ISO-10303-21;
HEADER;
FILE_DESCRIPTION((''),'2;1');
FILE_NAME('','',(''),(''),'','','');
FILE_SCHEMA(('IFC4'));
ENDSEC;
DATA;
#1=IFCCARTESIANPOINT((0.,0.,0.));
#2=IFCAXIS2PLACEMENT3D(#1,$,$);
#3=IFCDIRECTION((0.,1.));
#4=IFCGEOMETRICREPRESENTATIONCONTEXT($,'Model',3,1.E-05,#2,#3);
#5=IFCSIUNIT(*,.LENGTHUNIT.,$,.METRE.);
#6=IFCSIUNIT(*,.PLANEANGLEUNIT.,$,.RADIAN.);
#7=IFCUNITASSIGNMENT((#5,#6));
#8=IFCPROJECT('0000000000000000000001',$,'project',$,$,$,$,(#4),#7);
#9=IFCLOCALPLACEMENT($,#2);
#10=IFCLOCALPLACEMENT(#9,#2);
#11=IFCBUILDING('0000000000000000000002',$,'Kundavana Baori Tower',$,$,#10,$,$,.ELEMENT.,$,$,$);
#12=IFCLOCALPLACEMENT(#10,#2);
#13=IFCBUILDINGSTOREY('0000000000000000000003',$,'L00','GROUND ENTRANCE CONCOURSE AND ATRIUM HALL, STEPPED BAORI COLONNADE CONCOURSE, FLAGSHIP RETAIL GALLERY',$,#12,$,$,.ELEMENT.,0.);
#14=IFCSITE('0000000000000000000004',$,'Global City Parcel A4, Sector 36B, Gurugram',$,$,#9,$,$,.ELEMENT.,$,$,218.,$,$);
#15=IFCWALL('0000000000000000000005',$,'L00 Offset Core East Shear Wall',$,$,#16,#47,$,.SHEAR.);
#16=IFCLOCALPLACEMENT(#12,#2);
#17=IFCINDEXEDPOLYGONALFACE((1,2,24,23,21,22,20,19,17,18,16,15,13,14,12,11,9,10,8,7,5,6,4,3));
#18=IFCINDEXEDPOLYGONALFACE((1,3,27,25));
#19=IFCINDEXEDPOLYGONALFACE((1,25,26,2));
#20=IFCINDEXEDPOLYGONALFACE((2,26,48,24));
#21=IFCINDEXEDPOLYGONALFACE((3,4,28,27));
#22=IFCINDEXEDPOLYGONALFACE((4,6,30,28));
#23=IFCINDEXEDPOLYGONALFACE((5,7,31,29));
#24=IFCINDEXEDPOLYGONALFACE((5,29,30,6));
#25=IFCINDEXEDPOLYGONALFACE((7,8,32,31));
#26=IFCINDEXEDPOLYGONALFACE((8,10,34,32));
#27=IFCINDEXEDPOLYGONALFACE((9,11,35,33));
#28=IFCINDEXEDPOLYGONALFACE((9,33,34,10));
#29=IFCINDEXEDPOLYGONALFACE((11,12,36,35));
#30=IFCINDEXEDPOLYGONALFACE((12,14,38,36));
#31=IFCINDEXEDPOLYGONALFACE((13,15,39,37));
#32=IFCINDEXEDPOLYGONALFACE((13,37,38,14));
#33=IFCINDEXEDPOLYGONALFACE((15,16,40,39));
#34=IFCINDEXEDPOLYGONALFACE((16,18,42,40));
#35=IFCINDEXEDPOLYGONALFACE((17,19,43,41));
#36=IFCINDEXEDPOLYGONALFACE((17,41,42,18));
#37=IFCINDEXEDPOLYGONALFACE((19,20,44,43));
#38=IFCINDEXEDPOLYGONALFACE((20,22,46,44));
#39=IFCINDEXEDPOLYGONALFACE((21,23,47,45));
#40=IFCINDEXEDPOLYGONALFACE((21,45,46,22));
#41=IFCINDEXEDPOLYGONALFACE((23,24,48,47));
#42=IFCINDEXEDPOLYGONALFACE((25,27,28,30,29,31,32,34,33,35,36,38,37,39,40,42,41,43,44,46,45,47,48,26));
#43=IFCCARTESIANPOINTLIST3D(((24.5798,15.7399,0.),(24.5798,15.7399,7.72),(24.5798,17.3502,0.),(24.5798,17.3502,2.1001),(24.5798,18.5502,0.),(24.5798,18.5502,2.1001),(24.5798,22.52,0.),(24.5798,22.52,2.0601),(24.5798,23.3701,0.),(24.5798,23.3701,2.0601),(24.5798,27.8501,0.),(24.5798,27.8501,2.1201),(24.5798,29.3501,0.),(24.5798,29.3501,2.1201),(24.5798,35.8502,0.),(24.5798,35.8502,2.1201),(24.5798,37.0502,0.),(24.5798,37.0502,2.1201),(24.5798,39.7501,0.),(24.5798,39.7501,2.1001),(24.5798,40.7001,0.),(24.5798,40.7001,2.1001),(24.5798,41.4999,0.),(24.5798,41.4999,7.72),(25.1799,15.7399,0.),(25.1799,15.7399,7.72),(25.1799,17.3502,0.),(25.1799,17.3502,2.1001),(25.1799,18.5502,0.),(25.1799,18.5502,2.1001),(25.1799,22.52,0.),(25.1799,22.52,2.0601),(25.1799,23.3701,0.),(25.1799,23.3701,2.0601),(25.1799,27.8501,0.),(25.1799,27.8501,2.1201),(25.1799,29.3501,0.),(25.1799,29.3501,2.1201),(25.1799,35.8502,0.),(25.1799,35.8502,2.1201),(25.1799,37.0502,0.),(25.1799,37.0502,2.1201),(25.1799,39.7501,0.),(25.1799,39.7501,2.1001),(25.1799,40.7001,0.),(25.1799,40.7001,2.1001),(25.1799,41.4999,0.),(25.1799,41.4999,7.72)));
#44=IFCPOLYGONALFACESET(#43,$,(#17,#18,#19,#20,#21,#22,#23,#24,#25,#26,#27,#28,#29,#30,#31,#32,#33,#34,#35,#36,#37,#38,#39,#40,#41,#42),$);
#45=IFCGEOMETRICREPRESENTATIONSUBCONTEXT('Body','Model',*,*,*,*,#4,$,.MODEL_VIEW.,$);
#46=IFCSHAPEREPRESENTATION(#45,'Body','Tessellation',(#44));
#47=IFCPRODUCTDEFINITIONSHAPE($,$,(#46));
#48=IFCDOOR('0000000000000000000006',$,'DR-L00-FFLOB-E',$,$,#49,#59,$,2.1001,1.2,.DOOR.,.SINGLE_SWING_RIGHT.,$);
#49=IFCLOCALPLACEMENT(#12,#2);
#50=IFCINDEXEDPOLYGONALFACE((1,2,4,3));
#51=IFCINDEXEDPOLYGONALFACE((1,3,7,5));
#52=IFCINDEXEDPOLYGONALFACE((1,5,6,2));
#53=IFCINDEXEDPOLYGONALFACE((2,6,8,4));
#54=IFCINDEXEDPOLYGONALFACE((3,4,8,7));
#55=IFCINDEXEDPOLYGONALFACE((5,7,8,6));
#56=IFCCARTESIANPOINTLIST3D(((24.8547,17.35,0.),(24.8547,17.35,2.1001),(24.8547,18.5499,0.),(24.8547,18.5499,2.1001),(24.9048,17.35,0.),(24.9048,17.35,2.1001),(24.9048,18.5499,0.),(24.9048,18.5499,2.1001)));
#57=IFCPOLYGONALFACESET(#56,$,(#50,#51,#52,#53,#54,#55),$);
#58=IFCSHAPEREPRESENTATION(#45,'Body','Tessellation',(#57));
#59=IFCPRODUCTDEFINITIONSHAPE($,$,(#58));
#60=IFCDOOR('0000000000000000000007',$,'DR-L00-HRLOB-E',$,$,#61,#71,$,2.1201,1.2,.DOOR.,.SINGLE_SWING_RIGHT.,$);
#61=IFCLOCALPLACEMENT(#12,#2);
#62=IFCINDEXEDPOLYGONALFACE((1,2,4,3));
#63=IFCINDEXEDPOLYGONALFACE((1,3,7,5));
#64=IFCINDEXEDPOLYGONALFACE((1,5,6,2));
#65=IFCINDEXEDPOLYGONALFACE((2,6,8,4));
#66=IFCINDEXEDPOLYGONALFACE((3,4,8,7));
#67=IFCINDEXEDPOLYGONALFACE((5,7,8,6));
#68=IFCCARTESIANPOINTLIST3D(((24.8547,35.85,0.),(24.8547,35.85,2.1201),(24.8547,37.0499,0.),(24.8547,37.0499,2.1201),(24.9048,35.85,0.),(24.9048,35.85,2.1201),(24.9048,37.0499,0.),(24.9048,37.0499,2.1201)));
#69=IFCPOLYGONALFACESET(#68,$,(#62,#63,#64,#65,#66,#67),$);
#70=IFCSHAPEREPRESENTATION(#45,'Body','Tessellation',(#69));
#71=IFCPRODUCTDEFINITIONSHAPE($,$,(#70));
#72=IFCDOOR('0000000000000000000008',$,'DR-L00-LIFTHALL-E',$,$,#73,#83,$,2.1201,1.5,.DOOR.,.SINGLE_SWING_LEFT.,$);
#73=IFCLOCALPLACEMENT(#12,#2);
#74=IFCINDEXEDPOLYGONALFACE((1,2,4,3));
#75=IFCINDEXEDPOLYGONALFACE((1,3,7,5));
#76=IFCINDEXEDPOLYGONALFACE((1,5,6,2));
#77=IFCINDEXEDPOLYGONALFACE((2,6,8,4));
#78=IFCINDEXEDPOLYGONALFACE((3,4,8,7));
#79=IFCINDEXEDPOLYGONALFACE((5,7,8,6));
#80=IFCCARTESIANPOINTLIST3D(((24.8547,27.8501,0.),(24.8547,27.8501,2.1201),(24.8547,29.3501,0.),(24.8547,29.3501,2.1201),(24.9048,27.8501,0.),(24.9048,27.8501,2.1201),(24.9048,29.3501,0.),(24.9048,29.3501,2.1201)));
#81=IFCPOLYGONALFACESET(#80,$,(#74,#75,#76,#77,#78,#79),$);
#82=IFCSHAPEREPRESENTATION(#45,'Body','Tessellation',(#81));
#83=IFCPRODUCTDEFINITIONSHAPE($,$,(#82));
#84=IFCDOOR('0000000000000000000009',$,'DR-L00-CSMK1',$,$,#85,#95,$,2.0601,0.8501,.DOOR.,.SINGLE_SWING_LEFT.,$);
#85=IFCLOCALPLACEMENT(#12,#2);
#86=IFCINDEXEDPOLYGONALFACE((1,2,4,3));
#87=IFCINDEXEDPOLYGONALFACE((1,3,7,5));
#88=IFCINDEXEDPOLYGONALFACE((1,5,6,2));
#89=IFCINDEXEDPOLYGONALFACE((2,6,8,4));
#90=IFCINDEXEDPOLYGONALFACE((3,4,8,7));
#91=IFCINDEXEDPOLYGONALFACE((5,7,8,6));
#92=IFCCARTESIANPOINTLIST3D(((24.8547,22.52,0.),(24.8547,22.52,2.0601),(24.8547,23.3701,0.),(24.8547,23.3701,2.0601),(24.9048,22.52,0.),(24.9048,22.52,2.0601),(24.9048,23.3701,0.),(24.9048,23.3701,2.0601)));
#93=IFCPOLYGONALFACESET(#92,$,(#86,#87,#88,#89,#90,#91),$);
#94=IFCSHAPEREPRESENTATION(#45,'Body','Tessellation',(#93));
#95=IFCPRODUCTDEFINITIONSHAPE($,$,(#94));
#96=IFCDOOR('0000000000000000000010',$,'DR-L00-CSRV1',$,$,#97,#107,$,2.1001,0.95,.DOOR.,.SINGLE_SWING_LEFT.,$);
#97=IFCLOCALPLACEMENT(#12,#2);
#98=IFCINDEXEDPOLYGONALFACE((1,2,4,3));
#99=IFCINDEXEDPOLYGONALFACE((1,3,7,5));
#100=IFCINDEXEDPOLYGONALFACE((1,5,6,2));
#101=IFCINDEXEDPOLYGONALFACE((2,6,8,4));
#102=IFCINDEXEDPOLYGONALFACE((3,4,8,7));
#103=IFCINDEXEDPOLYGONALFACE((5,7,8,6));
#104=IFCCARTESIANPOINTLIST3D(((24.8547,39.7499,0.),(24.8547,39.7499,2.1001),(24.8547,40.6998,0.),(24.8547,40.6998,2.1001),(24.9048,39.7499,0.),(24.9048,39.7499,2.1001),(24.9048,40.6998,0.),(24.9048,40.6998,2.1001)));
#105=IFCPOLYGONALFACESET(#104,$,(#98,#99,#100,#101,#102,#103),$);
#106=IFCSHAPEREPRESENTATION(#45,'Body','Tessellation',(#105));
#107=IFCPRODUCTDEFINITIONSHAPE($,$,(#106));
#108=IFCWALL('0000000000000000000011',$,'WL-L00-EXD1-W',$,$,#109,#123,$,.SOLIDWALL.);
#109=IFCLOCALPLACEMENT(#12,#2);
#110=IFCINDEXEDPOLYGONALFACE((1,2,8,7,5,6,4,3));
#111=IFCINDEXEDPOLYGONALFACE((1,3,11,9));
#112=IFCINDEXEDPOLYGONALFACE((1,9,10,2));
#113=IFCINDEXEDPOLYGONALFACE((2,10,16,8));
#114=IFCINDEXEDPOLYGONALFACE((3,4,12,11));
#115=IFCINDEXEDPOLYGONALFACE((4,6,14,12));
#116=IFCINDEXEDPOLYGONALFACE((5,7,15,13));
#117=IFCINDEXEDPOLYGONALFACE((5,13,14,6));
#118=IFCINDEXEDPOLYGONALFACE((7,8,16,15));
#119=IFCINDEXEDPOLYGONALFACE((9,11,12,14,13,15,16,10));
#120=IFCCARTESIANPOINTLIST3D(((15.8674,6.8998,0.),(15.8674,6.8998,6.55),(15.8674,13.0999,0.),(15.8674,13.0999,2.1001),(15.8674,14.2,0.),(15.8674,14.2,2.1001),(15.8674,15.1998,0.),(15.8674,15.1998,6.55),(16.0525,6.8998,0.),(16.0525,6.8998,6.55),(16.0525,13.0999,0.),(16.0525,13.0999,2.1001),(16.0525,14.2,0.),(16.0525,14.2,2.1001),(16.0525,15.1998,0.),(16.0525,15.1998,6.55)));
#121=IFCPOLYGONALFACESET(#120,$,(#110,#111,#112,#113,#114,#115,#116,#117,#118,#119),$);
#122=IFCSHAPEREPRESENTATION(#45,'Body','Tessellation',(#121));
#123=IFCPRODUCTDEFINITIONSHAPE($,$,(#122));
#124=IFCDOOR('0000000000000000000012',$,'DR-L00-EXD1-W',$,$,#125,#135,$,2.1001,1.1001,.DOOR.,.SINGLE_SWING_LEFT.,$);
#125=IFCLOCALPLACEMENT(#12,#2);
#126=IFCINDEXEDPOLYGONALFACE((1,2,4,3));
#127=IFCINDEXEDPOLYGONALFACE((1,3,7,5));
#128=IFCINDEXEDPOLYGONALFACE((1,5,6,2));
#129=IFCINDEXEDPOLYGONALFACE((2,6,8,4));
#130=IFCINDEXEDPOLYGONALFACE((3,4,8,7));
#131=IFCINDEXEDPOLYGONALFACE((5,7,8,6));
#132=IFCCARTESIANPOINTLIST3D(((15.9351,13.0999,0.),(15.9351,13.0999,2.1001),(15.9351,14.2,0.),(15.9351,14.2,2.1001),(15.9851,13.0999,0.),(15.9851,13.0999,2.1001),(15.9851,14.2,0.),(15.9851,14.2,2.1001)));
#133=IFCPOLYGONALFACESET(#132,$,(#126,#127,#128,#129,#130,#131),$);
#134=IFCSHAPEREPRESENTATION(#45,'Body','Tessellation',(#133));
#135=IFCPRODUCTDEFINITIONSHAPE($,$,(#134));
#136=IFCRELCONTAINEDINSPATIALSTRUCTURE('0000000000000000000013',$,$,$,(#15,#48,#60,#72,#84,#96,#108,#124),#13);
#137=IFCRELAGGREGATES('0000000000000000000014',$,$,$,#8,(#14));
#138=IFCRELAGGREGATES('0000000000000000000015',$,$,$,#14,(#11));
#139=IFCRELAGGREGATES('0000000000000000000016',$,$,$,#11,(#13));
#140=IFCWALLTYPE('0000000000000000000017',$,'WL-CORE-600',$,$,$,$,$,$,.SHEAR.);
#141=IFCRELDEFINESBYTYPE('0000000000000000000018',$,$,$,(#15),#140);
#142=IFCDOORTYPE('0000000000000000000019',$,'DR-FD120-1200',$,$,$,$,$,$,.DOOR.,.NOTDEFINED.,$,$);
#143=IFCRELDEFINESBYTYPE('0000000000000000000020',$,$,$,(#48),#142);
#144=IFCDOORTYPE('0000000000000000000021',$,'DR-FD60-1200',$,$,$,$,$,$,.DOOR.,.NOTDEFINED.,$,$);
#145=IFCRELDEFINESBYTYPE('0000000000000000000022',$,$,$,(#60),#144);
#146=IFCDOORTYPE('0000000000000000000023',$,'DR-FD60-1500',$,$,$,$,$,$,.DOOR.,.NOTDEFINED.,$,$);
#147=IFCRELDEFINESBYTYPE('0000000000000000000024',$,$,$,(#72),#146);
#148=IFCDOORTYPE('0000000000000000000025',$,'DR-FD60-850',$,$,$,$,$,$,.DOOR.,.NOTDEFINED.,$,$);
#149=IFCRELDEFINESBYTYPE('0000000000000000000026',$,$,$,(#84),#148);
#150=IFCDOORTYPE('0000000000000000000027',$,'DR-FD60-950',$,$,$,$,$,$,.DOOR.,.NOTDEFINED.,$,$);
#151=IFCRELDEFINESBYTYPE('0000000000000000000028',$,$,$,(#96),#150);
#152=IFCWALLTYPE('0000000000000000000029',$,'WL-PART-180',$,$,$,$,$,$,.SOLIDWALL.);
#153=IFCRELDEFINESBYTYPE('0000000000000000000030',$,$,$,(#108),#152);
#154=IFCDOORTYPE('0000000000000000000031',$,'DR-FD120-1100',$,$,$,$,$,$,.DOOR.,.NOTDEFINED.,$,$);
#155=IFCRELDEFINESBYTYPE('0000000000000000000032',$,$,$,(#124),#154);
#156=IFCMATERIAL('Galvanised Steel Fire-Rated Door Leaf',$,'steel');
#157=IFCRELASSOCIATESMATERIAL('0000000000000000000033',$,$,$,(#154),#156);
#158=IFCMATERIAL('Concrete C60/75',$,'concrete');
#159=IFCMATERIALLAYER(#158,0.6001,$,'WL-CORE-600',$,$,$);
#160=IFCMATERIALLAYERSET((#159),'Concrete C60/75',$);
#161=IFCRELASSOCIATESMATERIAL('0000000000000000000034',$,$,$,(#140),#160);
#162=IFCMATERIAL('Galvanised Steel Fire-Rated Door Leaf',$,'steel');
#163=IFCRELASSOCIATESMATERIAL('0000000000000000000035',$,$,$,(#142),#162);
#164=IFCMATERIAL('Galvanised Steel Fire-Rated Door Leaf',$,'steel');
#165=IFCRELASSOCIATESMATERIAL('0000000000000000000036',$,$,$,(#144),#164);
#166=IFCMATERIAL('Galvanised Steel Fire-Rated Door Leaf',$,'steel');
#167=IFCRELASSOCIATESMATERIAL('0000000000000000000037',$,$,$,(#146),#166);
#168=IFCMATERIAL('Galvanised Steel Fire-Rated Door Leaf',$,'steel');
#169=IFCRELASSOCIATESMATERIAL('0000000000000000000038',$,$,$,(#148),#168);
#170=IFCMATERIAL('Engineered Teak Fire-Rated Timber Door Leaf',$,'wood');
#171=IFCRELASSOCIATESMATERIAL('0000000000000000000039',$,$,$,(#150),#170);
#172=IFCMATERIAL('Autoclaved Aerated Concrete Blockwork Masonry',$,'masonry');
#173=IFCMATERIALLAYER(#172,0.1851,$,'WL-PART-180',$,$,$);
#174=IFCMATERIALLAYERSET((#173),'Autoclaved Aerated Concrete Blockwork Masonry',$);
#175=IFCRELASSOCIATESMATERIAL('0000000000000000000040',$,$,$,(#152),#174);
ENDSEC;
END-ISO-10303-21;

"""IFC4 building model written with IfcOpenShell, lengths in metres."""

from ifc_helpers import new_model, si_unit, direction, frame, frame_2d, origin, place, context, subcontext, project, spatial, rectangle, extrude, material, layer, layer_set, type_object, element, fill, save


model = new_model("IFC4")

# Units and contexts
model_context = context("Model", 3, precision=1e-05, world=origin(), true_north=direction((0.0, 1.0)))
body_context = subcontext(model_context, "Body", "Model", "MODEL_VIEW")
ifc_project = project(units=[si_unit("LENGTHUNIT", "METRE"), si_unit("PLANEANGLEUNIT", "RADIAN")], contexts=[model_context])

# Site, building, storey
site_placement = place(None, origin())
site = spatial("IfcSite", under=ifc_project, at=site_placement, Name="Global City Parcel A4, Sector 36B, Gurugram", CompositionType="ELEMENT", RefElevation=218.0)
building_placement = place(site_placement, origin())
building = spatial("IfcBuilding", under=site, at=building_placement, Name="Kundavana Baori Tower", CompositionType="ELEMENT")
storey_placement = place(building_placement, origin())
storey = spatial("IfcBuildingStorey", under=building, at=storey_placement, Name="L00", Description="GROUND ENTRANCE CONCOURSE AND ATRIUM HALL, STEPPED BAORI COLONNADE CONCOURSE, FLAGSHIP RETAIL GALLERY", CompositionType="ELEMENT", Elevation=0.0)

# Shared definitions
ifc_material_1 = material(Name="Galvanised Steel Fire-Rated Door Leaf", Category="steel")
door_type_1 = type_object("IfcDoorType", Name="DR-FD120-1100", OperationType="NOTDEFINED", PredefinedType="DOOR", material=ifc_material_1)
ifc_material_2 = material(Name="Concrete C60/75", Category="concrete")
ifc_layer_1 = layer(ifc_material_2, 0.6001, Name="WL-CORE-600")
ifc_layer_set_1 = layer_set([ifc_layer_1], Name="Concrete C60/75")
wall_type_1 = type_object("IfcWallType", Name="WL-CORE-600", PredefinedType="SHEAR", material=ifc_layer_set_1)

# Wall, openings, doors
wall_1_placement = place(storey_placement, frame((24.8799, 15.74, 0.0), z_axis=(0.0, 0.0, 1.0), x_axis=(0.0, 1.0, 0.0)))
wall_1 = element("IfcWall", 1, at=wall_1_placement, inside=storey, type_object=wall_type_1, Name="L00 Offset Core East Shear Wall", PredefinedType="SHEAR", context=body_context, shape_type="SweptSolid", body=[
    extrude(rectangle(XDim=25.76, YDim=0.6001, at=frame_2d((12.8799, 0.0))), origin(), (0.0, 0.0, 1.0), 7.72),
])
opening_1_placement = place(wall_1_placement, frame((1.6101, 0.0, 0.0)))
opening_1 = element("IfcOpeningElement", 2, at=opening_1_placement, cuts=wall_1, PredefinedType="OPENING", context=body_context, shape_type="SweptSolid", body=[
    extrude(rectangle(XDim=1.2, YDim=2.1001, at=frame_2d((0.6001, 1.05))), frame((0.0, 0.3101, 0.0), z_axis=(0.0, -1.0, 0.0), x_axis=(1.0, 0.0, 0.0)), (0.0, 0.0, 1.0), 0.6201),
])
opening_2_placement = place(wall_1_placement, frame((6.78, 0.0, 0.0)))
opening_2 = element("IfcOpeningElement", 3, at=opening_2_placement, cuts=wall_1, PredefinedType="OPENING", context=body_context, shape_type="SweptSolid", body=[
    extrude(rectangle(XDim=0.8501, YDim=2.0601, at=frame_2d((0.425, 1.03))), frame((0.0, 0.3101, 0.0), z_axis=(0.0, -1.0, 0.0), x_axis=(1.0, 0.0, 0.0)), (0.0, 0.0, 1.0), 0.6201),
])
opening_3_placement = place(wall_1_placement, frame((12.1101, 0.0, 0.0)))
opening_3 = element("IfcOpeningElement", 4, at=opening_3_placement, cuts=wall_1, PredefinedType="OPENING", context=body_context, shape_type="SweptSolid", body=[
    extrude(rectangle(XDim=1.5, YDim=2.1201, at=frame_2d((0.75, 1.0601))), frame((0.0, 0.3101, 0.0), z_axis=(0.0, -1.0, 0.0), x_axis=(1.0, 0.0, 0.0)), (0.0, 0.0, 1.0), 0.6201),
])
opening_4_placement = place(wall_1_placement, frame((20.1101, 0.0, 0.0)))
opening_4 = element("IfcOpeningElement", 5, at=opening_4_placement, cuts=wall_1, PredefinedType="OPENING", context=body_context, shape_type="SweptSolid", body=[
    extrude(rectangle(XDim=1.2, YDim=2.1201, at=frame_2d((0.6001, 1.0601))), frame((0.0, 0.3101, 0.0), z_axis=(0.0, -1.0, 0.0), x_axis=(1.0, 0.0, 0.0)), (0.0, 0.0, 1.0), 0.6201),
])
opening_5_placement = place(wall_1_placement, frame((24.01, 0.0, 0.0)))
opening_5 = element("IfcOpeningElement", 6, at=opening_5_placement, cuts=wall_1, PredefinedType="OPENING", context=body_context, shape_type="SweptSolid", body=[
    extrude(rectangle(XDim=0.95, YDim=2.1001, at=frame_2d((0.4751, 1.05))), frame((0.0, 0.3101, 0.0), z_axis=(0.0, -1.0, 0.0), x_axis=(1.0, 0.0, 0.0)), (0.0, 0.0, 1.0), 0.6201),
])
ifc_material_3 = material(Name="Galvanised Steel Fire-Rated Door Leaf", Category="steel")
door_type_2 = type_object("IfcDoorType", Name="DR-FD120-1200", OperationType="NOTDEFINED", PredefinedType="DOOR", material=ifc_material_3)
door_1_placement = place(opening_1_placement, frame((1.2, 0.0, 0.0), z_axis=(0.0, 0.0, 1.0), x_axis=(-1.0, 0.0, 0.0)))
door_1 = element("IfcDoor", 7, at=door_1_placement, inside=storey, type_object=door_type_2, Name="DR-L00-FFLOB-E", OperationType="SINGLE_SWING_RIGHT", OverallHeight=2.1001, OverallWidth=1.2, PredefinedType="DOOR", context=body_context, shape_type="SweptSolid", body=[
    extrude(rectangle(XDim=1.2, YDim=2.1001, at=frame_2d((0.6001, 1.05))), frame((0.0, 0.0249, 0.0), z_axis=(0.0, -1.0, 0.0), x_axis=(1.0, 0.0, 0.0)), (0.0, 0.0, 1.0), 0.05),
])
fill(opening_1, door_1)
ifc_material_4 = material(Name="Galvanised Steel Fire-Rated Door Leaf", Category="steel")
door_type_3 = type_object("IfcDoorType", Name="DR-FD60-1200", OperationType="NOTDEFINED", PredefinedType="DOOR", material=ifc_material_4)
door_2_placement = place(opening_4_placement, frame((1.2, 0.0, 0.0), z_axis=(0.0, 0.0, 1.0), x_axis=(-1.0, 0.0, 0.0)))
door_2 = element("IfcDoor", 8, at=door_2_placement, inside=storey, type_object=door_type_3, Name="DR-L00-HRLOB-E", OperationType="SINGLE_SWING_RIGHT", OverallHeight=2.1201, OverallWidth=1.2, PredefinedType="DOOR", context=body_context, shape_type="SweptSolid", body=[
    extrude(rectangle(XDim=1.2, YDim=2.1201, at=frame_2d((0.6001, 1.0601))), frame((0.0, 0.0249, 0.0), z_axis=(0.0, -1.0, 0.0), x_axis=(1.0, 0.0, 0.0)), (0.0, 0.0, 1.0), 0.05),
])
fill(opening_4, door_2)
ifc_material_5 = material(Name="Galvanised Steel Fire-Rated Door Leaf", Category="steel")
door_type_4 = type_object("IfcDoorType", Name="DR-FD60-1500", OperationType="NOTDEFINED", PredefinedType="DOOR", material=ifc_material_5)
door_3_placement = place(opening_3_placement, frame((1.5, 0.0, 0.0), z_axis=(0.0, 0.0, 1.0), x_axis=(-1.0, 0.0, 0.0)))
door_3 = element("IfcDoor", 9, at=door_3_placement, inside=storey, type_object=door_type_4, Name="DR-L00-LIFTHALL-E", OperationType="SINGLE_SWING_LEFT", OverallHeight=2.1201, OverallWidth=1.5, PredefinedType="DOOR", context=body_context, shape_type="SweptSolid", body=[
    extrude(rectangle(XDim=1.5, YDim=2.1201, at=frame_2d((0.75, 1.0601))), frame((0.0, 0.0249, 0.0), z_axis=(0.0, -1.0, 0.0), x_axis=(1.0, 0.0, 0.0)), (0.0, 0.0, 1.0), 0.05),
])
fill(opening_3, door_3)
ifc_material_6 = material(Name="Galvanised Steel Fire-Rated Door Leaf", Category="steel")
door_type_5 = type_object("IfcDoorType", Name="DR-FD60-850", OperationType="NOTDEFINED", PredefinedType="DOOR", material=ifc_material_6)
door_4_placement = place(opening_2_placement, frame((0.8501, 0.0, 0.0), z_axis=(0.0, 0.0, 1.0), x_axis=(-1.0, 0.0, 0.0)))
door_4 = element("IfcDoor", 10, at=door_4_placement, inside=storey, type_object=door_type_5, Name="DR-L00-CSMK1", OperationType="SINGLE_SWING_LEFT", OverallHeight=2.0601, OverallWidth=0.8501, PredefinedType="DOOR", context=body_context, shape_type="SweptSolid", body=[
    extrude(rectangle(XDim=0.8501, YDim=2.0601, at=frame_2d((0.425, 1.03))), frame((0.0, 0.0249, 0.0), z_axis=(0.0, -1.0, 0.0), x_axis=(1.0, 0.0, 0.0)), (0.0, 0.0, 1.0), 0.05),
])
fill(opening_2, door_4)
ifc_material_7 = material(Name="Engineered Teak Fire-Rated Timber Door Leaf", Category="wood")
door_type_6 = type_object("IfcDoorType", Name="DR-FD60-950", OperationType="NOTDEFINED", PredefinedType="DOOR", material=ifc_material_7)
door_5_placement = place(opening_5_placement, frame((0.95, 0.0, 0.0), z_axis=(0.0, 0.0, 1.0), x_axis=(-1.0, 0.0, 0.0)))
door_5 = element("IfcDoor", 11, at=door_5_placement, inside=storey, type_object=door_type_6, Name="DR-L00-CSRV1", OperationType="SINGLE_SWING_LEFT", OverallHeight=2.1001, OverallWidth=0.95, PredefinedType="DOOR", context=body_context, shape_type="SweptSolid", body=[
    extrude(rectangle(XDim=0.95, YDim=2.1001, at=frame_2d((0.4751, 1.05))), frame((0.0, 0.0249, 0.0), z_axis=(0.0, -1.0, 0.0), x_axis=(1.0, 0.0, 0.0)), (0.0, 0.0, 1.0), 0.05),
])
fill(opening_5, door_5)

# Wall, opening, door
ifc_material_8 = material(Name="Autoclaved Aerated Concrete Blockwork Masonry", Category="masonry")
ifc_layer_2 = layer(ifc_material_8, 0.1851, Name="WL-PART-180")
ifc_layer_set_2 = layer_set([ifc_layer_2], Name="Autoclaved Aerated Concrete Blockwork Masonry")
wall_type_2 = type_object("IfcWallType", Name="WL-PART-180", PredefinedType="SOLIDWALL", material=ifc_layer_set_2)
wall_2_placement = place(storey_placement, frame((15.96, 6.8999, 0.0), z_axis=(0.0, 0.0, 1.0), x_axis=(0.0, 1.0, 0.0)))
wall_2 = element("IfcWall", 12, at=wall_2_placement, inside=storey, type_object=wall_type_2, Name="WL-L00-EXD1-W", PredefinedType="SOLIDWALL", context=body_context, shape_type="SweptSolid", body=[
    extrude(rectangle(XDim=8.3, YDim=0.1851, at=frame_2d((4.1499, 0.0))), origin(), (0.0, 0.0, 1.0), 6.55),
])
opening_6_placement = place(wall_2_placement, frame((6.2, 0.0, 0.0)))
opening_6 = element("IfcOpeningElement", 13, at=opening_6_placement, cuts=wall_2, PredefinedType="OPENING", context=body_context, shape_type="SweptSolid", body=[
    extrude(rectangle(XDim=1.1001, YDim=2.1001, at=frame_2d((0.55, 1.05))), frame((0.0, 0.1025, 0.0), z_axis=(0.0, -1.0, 0.0), x_axis=(1.0, 0.0, 0.0)), (0.0, 0.0, 1.0), 0.2051),
])
door_6_placement = place(opening_6_placement, origin())
door_6 = element("IfcDoor", 14, at=door_6_placement, inside=storey, type_object=door_type_1, Name="DR-L00-EXD1-W", OperationType="SINGLE_SWING_LEFT", OverallHeight=2.1001, OverallWidth=1.1001, PredefinedType="DOOR", context=body_context, shape_type="SweptSolid", body=[
    extrude(rectangle(XDim=1.1001, YDim=2.1001, at=frame_2d((0.55, 1.05))), frame((0.0, 0.0249, 0.0), z_axis=(0.0, -1.0, 0.0), x_axis=(1.0, 0.0, 0.0)), (0.0, 0.0, 1.0), 0.05),
])
fill(opening_6, door_6)

save(model, "model.ifc")
